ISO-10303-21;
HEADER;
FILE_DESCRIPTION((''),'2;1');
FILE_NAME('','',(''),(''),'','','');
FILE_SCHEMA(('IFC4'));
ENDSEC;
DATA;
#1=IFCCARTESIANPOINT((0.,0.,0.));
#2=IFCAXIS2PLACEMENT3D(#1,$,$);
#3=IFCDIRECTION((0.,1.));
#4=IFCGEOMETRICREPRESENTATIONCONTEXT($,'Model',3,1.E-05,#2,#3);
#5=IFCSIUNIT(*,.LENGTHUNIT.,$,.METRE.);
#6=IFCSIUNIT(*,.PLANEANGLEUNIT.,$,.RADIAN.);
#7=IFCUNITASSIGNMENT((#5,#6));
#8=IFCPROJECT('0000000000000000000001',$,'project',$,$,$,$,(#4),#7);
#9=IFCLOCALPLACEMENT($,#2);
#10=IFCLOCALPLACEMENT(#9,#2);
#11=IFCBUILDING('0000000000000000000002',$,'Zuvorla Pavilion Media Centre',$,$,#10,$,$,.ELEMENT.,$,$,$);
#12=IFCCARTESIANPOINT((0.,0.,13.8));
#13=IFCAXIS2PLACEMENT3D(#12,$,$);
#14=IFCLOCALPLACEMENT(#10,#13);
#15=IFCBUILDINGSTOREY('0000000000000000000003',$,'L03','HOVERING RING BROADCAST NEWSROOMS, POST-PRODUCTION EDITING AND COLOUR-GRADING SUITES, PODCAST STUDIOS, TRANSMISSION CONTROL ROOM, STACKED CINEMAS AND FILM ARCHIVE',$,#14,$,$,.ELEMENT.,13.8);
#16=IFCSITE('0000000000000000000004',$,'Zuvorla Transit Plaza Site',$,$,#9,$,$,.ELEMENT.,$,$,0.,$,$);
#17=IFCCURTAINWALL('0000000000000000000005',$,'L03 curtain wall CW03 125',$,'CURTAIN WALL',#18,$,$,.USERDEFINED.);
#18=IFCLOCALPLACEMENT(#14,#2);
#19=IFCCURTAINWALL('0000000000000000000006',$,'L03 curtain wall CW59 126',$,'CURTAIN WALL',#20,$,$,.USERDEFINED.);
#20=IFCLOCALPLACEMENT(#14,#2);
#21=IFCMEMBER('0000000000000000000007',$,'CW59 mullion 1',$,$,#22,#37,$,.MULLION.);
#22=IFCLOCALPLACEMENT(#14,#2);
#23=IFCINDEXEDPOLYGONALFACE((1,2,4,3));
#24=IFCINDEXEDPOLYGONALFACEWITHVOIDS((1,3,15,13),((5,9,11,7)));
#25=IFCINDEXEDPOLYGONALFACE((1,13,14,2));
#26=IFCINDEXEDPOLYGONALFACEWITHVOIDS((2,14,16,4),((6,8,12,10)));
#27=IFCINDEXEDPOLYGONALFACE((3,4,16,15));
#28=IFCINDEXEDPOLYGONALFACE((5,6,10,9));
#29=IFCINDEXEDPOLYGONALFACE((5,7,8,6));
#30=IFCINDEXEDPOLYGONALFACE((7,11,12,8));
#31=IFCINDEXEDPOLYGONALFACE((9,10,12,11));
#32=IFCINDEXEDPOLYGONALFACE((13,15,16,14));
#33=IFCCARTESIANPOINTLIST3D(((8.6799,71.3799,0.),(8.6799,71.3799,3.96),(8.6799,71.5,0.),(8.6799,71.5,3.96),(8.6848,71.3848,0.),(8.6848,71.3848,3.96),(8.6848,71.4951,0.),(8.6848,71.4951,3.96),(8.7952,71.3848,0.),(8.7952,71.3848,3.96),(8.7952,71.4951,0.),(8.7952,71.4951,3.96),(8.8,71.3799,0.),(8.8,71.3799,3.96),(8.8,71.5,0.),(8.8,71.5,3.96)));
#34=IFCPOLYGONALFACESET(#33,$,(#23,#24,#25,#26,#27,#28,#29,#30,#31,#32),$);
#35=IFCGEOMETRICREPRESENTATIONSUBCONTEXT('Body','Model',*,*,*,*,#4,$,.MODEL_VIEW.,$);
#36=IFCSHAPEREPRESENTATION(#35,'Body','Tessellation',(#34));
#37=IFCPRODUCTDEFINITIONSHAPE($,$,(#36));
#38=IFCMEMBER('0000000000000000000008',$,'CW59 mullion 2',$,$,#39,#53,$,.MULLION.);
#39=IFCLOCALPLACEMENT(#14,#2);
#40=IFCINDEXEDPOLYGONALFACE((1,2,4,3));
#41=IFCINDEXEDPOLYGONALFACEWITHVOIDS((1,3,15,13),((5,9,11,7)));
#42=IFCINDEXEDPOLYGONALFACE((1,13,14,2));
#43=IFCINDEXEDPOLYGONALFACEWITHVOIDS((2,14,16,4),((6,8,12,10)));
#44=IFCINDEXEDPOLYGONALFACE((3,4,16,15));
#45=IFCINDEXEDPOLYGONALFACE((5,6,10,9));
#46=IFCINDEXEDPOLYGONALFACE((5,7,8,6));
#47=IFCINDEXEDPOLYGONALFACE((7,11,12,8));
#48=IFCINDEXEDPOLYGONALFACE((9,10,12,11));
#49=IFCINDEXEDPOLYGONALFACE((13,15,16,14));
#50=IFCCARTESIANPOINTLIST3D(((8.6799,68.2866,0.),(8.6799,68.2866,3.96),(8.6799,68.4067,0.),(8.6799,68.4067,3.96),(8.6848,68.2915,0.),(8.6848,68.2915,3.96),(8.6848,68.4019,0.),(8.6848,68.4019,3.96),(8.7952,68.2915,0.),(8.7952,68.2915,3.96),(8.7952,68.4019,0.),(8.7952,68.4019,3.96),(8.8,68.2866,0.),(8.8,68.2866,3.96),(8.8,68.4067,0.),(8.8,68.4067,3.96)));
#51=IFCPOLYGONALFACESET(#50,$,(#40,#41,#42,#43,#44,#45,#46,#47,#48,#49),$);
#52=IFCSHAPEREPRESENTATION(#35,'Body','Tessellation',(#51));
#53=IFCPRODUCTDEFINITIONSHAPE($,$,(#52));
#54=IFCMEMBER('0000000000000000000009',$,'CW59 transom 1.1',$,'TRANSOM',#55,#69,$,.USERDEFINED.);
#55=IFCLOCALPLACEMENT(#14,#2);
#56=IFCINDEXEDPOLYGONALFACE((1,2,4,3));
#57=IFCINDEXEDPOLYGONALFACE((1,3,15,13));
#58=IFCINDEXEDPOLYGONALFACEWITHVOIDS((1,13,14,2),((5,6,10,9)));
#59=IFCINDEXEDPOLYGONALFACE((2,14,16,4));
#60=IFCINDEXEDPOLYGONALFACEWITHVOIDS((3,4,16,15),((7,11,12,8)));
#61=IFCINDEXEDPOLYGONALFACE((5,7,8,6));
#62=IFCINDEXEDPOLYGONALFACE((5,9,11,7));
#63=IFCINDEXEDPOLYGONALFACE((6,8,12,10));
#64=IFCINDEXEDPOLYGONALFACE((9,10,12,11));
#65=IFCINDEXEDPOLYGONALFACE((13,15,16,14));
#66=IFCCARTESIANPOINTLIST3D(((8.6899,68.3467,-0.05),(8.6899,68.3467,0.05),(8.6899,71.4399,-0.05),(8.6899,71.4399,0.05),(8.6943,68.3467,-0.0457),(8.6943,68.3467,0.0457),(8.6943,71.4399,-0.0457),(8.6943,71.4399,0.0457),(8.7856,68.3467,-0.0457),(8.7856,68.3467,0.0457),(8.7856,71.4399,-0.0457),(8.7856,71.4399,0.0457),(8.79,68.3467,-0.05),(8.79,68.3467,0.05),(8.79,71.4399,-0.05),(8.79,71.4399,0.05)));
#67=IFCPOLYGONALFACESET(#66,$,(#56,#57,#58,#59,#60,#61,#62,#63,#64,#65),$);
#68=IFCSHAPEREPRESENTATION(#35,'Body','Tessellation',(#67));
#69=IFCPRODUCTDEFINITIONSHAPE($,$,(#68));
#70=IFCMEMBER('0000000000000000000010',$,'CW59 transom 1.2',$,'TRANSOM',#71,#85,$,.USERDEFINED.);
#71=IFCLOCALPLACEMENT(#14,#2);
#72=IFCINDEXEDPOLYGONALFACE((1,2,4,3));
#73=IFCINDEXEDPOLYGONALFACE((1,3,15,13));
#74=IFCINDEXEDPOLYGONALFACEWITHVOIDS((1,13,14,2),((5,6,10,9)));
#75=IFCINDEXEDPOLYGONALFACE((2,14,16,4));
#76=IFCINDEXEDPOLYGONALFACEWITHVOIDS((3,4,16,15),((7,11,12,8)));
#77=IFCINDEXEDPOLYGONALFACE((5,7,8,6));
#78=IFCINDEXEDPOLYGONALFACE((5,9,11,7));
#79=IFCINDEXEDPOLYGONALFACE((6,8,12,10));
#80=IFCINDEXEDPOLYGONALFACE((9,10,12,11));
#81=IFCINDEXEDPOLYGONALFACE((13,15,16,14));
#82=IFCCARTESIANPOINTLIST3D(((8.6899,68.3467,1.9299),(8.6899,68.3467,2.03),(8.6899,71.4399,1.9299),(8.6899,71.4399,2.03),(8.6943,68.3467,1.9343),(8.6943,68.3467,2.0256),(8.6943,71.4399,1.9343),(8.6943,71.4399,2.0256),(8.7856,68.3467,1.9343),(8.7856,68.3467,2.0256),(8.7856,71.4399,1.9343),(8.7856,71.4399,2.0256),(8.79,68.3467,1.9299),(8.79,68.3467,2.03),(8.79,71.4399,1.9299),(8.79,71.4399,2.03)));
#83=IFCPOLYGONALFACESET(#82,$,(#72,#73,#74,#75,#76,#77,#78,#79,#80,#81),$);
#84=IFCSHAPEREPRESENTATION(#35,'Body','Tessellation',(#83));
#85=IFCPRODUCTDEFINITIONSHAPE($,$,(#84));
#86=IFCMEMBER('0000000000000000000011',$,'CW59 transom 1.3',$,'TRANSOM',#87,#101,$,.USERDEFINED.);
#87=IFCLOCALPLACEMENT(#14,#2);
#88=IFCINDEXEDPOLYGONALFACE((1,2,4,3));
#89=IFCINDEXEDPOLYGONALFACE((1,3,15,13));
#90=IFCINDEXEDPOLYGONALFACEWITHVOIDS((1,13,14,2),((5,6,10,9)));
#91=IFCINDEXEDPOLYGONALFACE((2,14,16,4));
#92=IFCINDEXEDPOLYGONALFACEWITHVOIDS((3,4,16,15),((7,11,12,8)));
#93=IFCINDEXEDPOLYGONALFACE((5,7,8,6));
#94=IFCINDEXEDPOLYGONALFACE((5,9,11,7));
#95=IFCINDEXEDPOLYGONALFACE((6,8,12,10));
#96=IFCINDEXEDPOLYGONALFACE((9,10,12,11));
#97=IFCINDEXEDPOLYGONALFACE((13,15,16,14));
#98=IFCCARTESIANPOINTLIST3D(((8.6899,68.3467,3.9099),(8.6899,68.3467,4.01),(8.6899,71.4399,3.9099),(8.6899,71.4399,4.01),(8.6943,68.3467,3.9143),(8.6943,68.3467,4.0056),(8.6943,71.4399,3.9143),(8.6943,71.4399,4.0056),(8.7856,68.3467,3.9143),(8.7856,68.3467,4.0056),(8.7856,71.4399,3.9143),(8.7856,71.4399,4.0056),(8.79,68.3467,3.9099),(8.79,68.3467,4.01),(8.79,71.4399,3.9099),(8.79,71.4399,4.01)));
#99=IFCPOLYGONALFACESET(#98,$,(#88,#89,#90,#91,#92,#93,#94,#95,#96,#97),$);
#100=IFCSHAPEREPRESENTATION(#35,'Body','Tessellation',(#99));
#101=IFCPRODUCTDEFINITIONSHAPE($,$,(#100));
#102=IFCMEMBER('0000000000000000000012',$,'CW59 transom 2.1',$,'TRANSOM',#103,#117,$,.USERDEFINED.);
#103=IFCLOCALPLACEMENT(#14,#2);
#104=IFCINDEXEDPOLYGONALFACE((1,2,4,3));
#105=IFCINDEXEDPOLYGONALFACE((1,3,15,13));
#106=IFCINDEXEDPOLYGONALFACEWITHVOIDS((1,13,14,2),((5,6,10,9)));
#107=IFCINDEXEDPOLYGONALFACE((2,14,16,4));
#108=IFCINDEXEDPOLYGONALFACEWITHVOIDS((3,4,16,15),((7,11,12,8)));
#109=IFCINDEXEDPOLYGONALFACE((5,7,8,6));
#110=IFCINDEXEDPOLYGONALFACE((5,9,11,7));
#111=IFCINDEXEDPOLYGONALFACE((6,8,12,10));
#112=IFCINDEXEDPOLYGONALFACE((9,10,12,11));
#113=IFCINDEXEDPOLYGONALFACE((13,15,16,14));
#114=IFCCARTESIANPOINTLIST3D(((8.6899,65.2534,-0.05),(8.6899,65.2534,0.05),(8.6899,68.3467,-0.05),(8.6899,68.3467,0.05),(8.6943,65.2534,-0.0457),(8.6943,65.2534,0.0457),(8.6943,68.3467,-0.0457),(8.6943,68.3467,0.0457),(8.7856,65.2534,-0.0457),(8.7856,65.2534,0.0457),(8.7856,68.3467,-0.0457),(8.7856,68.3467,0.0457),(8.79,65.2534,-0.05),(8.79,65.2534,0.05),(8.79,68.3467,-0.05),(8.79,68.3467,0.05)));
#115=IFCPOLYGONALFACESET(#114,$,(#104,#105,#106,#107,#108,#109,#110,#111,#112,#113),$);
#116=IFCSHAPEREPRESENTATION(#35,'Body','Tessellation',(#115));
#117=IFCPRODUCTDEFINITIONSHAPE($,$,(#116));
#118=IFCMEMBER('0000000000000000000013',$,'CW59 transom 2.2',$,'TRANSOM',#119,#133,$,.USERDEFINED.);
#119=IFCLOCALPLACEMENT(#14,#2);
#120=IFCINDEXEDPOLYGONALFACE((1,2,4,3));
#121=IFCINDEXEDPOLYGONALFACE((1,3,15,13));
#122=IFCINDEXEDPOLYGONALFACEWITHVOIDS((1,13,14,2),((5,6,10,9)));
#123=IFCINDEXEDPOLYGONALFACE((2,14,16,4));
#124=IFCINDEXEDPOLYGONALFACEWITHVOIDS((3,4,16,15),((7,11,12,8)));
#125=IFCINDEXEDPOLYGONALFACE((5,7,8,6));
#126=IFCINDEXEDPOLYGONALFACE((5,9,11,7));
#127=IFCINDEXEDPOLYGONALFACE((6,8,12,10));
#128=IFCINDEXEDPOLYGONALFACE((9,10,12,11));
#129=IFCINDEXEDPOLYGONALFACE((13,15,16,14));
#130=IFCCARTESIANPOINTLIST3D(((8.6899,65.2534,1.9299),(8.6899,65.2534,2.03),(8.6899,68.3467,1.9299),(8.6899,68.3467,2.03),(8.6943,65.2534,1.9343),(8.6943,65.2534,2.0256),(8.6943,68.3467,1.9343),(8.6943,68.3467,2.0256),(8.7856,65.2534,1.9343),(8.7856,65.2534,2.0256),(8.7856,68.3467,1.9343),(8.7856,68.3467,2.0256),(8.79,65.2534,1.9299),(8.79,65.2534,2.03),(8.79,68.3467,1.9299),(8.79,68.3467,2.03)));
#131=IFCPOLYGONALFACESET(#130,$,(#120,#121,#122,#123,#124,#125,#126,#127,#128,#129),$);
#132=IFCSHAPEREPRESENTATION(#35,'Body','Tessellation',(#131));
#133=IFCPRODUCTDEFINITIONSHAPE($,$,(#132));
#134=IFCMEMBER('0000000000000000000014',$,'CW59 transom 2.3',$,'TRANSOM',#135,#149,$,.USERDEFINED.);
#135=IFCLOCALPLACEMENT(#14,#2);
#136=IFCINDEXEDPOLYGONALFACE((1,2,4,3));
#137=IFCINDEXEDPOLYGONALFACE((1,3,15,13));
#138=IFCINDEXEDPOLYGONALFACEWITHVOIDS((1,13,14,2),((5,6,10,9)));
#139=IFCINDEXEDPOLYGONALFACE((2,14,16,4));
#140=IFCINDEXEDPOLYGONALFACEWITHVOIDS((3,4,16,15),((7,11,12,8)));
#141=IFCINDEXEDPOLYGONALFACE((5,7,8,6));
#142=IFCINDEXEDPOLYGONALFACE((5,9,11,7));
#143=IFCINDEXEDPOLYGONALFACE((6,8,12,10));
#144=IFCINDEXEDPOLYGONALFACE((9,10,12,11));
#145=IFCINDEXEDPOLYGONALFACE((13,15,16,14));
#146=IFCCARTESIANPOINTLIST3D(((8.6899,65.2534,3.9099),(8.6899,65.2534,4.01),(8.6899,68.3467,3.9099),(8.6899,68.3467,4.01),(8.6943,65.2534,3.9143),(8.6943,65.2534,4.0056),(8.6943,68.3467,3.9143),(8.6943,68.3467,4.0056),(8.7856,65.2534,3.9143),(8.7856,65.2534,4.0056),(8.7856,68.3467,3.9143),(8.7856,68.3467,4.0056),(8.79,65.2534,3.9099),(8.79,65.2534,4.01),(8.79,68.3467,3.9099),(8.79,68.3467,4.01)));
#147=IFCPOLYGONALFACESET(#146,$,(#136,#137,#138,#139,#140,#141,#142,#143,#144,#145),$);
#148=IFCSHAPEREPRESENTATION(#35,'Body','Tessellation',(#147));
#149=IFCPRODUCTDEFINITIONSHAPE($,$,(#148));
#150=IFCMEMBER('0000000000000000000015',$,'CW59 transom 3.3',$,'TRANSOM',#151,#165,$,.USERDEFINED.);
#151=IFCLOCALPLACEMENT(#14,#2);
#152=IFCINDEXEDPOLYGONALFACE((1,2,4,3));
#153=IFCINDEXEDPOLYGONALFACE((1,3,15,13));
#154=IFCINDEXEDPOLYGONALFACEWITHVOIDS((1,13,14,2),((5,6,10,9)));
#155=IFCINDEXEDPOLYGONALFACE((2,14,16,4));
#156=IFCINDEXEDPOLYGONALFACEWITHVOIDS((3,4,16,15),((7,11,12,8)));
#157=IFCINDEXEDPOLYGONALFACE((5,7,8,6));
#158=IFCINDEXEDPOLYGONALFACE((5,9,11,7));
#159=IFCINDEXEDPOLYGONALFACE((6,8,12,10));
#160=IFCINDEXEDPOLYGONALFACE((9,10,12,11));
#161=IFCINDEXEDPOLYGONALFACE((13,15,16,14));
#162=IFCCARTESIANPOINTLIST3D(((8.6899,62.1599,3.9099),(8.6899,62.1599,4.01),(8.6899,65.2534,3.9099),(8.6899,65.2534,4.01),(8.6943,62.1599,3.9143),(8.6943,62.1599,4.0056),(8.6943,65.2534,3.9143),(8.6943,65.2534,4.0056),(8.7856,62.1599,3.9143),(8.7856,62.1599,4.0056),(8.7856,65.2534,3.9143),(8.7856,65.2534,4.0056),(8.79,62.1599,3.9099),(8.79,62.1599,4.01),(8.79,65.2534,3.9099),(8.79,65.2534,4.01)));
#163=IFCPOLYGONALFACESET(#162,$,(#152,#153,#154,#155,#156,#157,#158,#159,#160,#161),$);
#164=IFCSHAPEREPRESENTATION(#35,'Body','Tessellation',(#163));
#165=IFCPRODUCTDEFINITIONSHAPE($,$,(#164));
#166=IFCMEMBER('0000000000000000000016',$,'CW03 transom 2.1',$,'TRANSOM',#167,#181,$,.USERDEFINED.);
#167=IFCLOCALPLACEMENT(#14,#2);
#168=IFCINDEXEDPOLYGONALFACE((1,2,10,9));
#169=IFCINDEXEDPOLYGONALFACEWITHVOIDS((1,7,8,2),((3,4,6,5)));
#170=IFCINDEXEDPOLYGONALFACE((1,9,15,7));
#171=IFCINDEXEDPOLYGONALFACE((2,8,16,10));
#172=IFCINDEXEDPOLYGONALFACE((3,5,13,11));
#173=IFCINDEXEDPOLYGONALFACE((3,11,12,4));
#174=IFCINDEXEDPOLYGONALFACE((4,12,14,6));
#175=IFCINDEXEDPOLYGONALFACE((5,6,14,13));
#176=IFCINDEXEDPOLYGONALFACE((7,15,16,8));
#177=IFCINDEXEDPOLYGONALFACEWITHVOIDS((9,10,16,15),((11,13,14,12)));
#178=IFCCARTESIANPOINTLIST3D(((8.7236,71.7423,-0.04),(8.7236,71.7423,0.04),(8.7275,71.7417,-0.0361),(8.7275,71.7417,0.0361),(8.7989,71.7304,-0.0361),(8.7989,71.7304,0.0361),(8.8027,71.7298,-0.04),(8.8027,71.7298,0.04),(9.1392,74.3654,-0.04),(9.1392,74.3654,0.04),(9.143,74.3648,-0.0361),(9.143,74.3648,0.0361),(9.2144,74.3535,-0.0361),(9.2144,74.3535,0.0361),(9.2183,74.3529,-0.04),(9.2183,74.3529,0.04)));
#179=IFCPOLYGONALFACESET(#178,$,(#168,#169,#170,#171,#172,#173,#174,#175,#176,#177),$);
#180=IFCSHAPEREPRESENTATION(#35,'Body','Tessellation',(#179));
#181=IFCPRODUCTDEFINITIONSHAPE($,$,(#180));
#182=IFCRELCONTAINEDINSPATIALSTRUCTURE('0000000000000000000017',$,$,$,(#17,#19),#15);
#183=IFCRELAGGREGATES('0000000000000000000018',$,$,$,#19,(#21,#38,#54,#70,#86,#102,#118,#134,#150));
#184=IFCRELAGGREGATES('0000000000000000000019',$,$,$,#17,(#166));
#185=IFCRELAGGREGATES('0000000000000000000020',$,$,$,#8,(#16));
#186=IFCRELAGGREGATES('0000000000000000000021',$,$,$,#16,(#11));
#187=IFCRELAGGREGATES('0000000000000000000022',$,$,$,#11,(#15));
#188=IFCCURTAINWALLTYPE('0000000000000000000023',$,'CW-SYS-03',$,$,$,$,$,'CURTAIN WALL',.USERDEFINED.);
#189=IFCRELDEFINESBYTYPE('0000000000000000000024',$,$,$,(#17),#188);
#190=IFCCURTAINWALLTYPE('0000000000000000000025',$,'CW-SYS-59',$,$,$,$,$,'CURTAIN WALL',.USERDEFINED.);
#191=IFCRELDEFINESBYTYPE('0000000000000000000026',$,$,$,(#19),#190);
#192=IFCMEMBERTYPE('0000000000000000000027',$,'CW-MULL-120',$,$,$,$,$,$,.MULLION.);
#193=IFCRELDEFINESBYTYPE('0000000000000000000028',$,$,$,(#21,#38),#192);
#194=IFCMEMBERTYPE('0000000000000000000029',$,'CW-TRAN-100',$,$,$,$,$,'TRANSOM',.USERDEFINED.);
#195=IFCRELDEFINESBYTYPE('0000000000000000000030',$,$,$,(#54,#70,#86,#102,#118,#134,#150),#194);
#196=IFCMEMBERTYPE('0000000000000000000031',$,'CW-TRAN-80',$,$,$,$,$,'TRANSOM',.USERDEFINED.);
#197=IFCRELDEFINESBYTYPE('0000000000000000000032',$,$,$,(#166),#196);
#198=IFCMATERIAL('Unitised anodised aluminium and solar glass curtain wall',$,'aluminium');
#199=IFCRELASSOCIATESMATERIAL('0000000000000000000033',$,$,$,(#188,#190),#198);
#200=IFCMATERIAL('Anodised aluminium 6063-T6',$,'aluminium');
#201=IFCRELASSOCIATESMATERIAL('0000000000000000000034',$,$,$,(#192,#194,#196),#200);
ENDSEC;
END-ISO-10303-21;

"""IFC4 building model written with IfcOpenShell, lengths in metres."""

from ifc_helpers import new_model, si_unit, direction, frame, origin, origin_2d, place, context, subcontext, project, spatial, hollow_rectangle, extrude, material, material_profile, profile_set, type_object, element, aggregate, save


model = new_model("IFC4")

# Units and contexts
model_context = context("Model", 3, precision=1e-05, world=origin(), true_north=direction((0.0, 1.0)))
body_context = subcontext(model_context, "Body", "Model", "MODEL_VIEW")
ifc_project = project(units=[si_unit("LENGTHUNIT", "METRE"), si_unit("PLANEANGLEUNIT", "RADIAN")], contexts=[model_context])

# Site, building, storey
site_placement = place(None, origin())
site = spatial("IfcSite", under=ifc_project, at=site_placement, Name="Zuvorla Transit Plaza Site", CompositionType="ELEMENT", RefElevation=0.0)
building_placement = place(site_placement, origin())
building = spatial("IfcBuilding", under=site, at=building_placement, Name="Zuvorla Pavilion Media Centre", CompositionType="ELEMENT")
storey_placement = place(building_placement, frame((0.0, 0.0, 13.8)))
storey = spatial("IfcBuildingStorey", under=building, at=storey_placement, Name="L03", Description="HOVERING RING BROADCAST NEWSROOMS, POST-PRODUCTION EDITING AND COLOUR-GRADING SUITES, PODCAST STUDIOS, TRANSMISSION CONTROL ROOM, STACKED CINEMAS AND FILM ARCHIVE", CompositionType="ELEMENT", Elevation=13.8)

# Curtain walls, members
ifc_material_1 = material(Name="Unitised anodised aluminium and solar glass curtain wall", Category="aluminium")
curtain_wall_type_1 = type_object("IfcCurtainWallType", Name="CW-SYS-03", ElementType="CURTAIN WALL", PredefinedType="USERDEFINED", material=ifc_material_1)
curtain_wall_1_placement = place(storey_placement, origin())
curtain_wall_1 = element("IfcCurtainWall", 1, at=curtain_wall_1_placement, inside=storey, type_object=curtain_wall_type_1, Name="L03 curtain wall CW03 125", ObjectType="CURTAIN WALL", PredefinedType="USERDEFINED")
ifc_material_2 = material(Name="Anodised aluminium 6063-T6", Category="aluminium")
curtain_wall_type_2 = type_object("IfcCurtainWallType", Name="CW-SYS-59", ElementType="CURTAIN WALL", PredefinedType="USERDEFINED", material=ifc_material_1)
curtain_wall_2_placement = place(storey_placement, origin())
curtain_wall_2 = element("IfcCurtainWall", 2, at=curtain_wall_2_placement, inside=storey, type_object=curtain_wall_type_2, Name="L03 curtain wall CW59 126", ObjectType="CURTAIN WALL", PredefinedType="USERDEFINED")
ifc_material_profile_1 = material_profile(ifc_material_2, hollow_rectangle(XDim=0.1201, YDim=0.1201, WallThickness=0.0049, at=origin_2d()), Name="ALU MULL 120x120")
ifc_profile_set_1 = profile_set([ifc_material_profile_1], Name="Anodised aluminium 6063-T6")
member_type_1 = type_object("IfcMemberType", Name="CW-MULL-120", PredefinedType="MULLION", material=ifc_profile_set_1)
member_1_placement = place(storey_placement, frame((8.74, 71.4399, 0.0), z_axis=(0.0, 0.0, 1.0), x_axis=(1.0, 0.0, 0.0)))
member_1 = element("IfcMember", 3, at=member_1_placement, type_object=member_type_1, Name="CW59 mullion 1", PredefinedType="MULLION", context=body_context, shape_type="SweptSolid", body=[
    extrude(hollow_rectangle(XDim=0.1201, YDim=0.1201, WallThickness=0.0049, at=origin_2d()), origin(), (0.0, 0.0, 1.0), 3.96),
])
member_2_placement = place(storey_placement, frame((8.74, 68.3467, 0.0), z_axis=(0.0, 0.0, 1.0), x_axis=(1.0, 0.0, 0.0)))
member_2 = element("IfcMember", 4, at=member_2_placement, type_object=member_type_1, Name="CW59 mullion 2", PredefinedType="MULLION", context=body_context, shape_type="SweptSolid", body=[
    extrude(hollow_rectangle(XDim=0.1201, YDim=0.1201, WallThickness=0.0049, at=origin_2d()), origin(), (0.0, 0.0, 1.0), 3.96),
])
ifc_material_profile_2 = material_profile(ifc_material_2, hollow_rectangle(XDim=0.1001, YDim=0.1001, WallThickness=0.0044, at=origin_2d()), Name="ALU TRAN 100x100")
ifc_profile_set_2 = profile_set([ifc_material_profile_2], Name="Anodised aluminium 6063-T6")
member_type_2 = type_object("IfcMemberType", Name="CW-TRAN-100", ElementType="TRANSOM", PredefinedType="USERDEFINED", material=ifc_profile_set_2)
member_3_placement = place(storey_placement, frame((8.74, 71.4399, 0.0), z_axis=(0.0, -1.0, 0.0), x_axis=(1.0, 0.0, 0.0)))
member_3 = element("IfcMember", 5, at=member_3_placement, type_object=member_type_2, Name="CW59 transom 1.1", ObjectType="TRANSOM", PredefinedType="USERDEFINED", context=body_context, shape_type="SweptSolid", body=[
    extrude(hollow_rectangle(XDim=0.1001, YDim=0.1001, WallThickness=0.0044, at=origin_2d()), origin(), (0.0, 0.0, 1.0), 3.0933),
])
member_4_placement = place(storey_placement, frame((8.74, 71.4399, 1.98), z_axis=(0.0, -1.0, 0.0), x_axis=(1.0, 0.0, 0.0)))
member_4 = element("IfcMember", 6, at=member_4_placement, type_object=member_type_2, Name="CW59 transom 1.2", ObjectType="TRANSOM", PredefinedType="USERDEFINED", context=body_context, shape_type="SweptSolid", body=[
    extrude(hollow_rectangle(XDim=0.1001, YDim=0.1001, WallThickness=0.0044, at=origin_2d()), origin(), (0.0, 0.0, 1.0), 3.0933),
])
member_5_placement = place(storey_placement, frame((8.74, 71.4399, 3.96), z_axis=(0.0, -1.0, 0.0), x_axis=(1.0, 0.0, 0.0)))
member_5 = element("IfcMember", 7, at=member_5_placement, type_object=member_type_2, Name="CW59 transom 1.3", ObjectType="TRANSOM", PredefinedType="USERDEFINED", context=body_context, shape_type="SweptSolid", body=[
    extrude(hollow_rectangle(XDim=0.1001, YDim=0.1001, WallThickness=0.0044, at=origin_2d()), origin(), (0.0, 0.0, 1.0), 3.0933),
])
member_6_placement = place(storey_placement, frame((8.74, 68.3467, 0.0), z_axis=(0.0, -1.0, 0.0), x_axis=(1.0, 0.0, 0.0)))
member_6 = element("IfcMember", 8, at=member_6_placement, type_object=member_type_2, Name="CW59 transom 2.1", ObjectType="TRANSOM", PredefinedType="USERDEFINED", context=body_context, shape_type="SweptSolid", body=[
    extrude(hollow_rectangle(XDim=0.1001, YDim=0.1001, WallThickness=0.0044, at=origin_2d()), origin(), (0.0, 0.0, 1.0), 3.0933),
])
member_7_placement = place(storey_placement, frame((8.74, 68.3467, 1.98), z_axis=(0.0, -1.0, 0.0), x_axis=(1.0, 0.0, 0.0)))
member_7 = element("IfcMember", 9, at=member_7_placement, type_object=member_type_2, Name="CW59 transom 2.2", ObjectType="TRANSOM", PredefinedType="USERDEFINED", context=body_context, shape_type="SweptSolid", body=[
    extrude(hollow_rectangle(XDim=0.1001, YDim=0.1001, WallThickness=0.0044, at=origin_2d()), origin(), (0.0, 0.0, 1.0), 3.0933),
])
member_8_placement = place(storey_placement, frame((8.74, 68.3467, 3.96), z_axis=(0.0, -1.0, 0.0), x_axis=(1.0, 0.0, 0.0)))
member_8 = element("IfcMember", 10, at=member_8_placement, type_object=member_type_2, Name="CW59 transom 2.3", ObjectType="TRANSOM", PredefinedType="USERDEFINED", context=body_context, shape_type="SweptSolid", body=[
    extrude(hollow_rectangle(XDim=0.1001, YDim=0.1001, WallThickness=0.0044, at=origin_2d()), origin(), (0.0, 0.0, 1.0), 3.0933),
])
member_9_placement = place(storey_placement, frame((8.74, 65.2534, 3.96), z_axis=(0.0, -1.0, 0.0), x_axis=(1.0, 0.0, 0.0)))
member_9 = element("IfcMember", 11, at=member_9_placement, type_object=member_type_2, Name="CW59 transom 3.3", ObjectType="TRANSOM", PredefinedType="USERDEFINED", context=body_context, shape_type="SweptSolid", body=[
    extrude(hollow_rectangle(XDim=0.1001, YDim=0.1001, WallThickness=0.0044, at=origin_2d()), origin(), (0.0, 0.0, 1.0), 3.0935),
])

# Member
ifc_material_profile_3 = material_profile(ifc_material_2, hollow_rectangle(XDim=0.0801, YDim=0.0801, WallThickness=0.0039, at=origin_2d()), Name="ALU TRAN 80x80")
ifc_profile_set_3 = profile_set([ifc_material_profile_3], Name="Anodised aluminium 6063-T6")
member_type_3 = type_object("IfcMemberType", Name="CW-TRAN-80", ElementType="TRANSOM", PredefinedType="USERDEFINED", material=ifc_profile_set_3)
member_10_placement = place(storey_placement, frame((9.1787, 74.3591, 0.0), z_axis=(-0.156463, -0.987684, 0.0), x_axis=(0.987684, -0.156463, 0.0)))
member_10 = element("IfcMember", 12, at=member_10_placement, type_object=member_type_3, Name="CW03 transom 2.1", ObjectType="TRANSOM", PredefinedType="USERDEFINED", context=body_context, shape_type="SweptSolid", body=[
    extrude(hollow_rectangle(XDim=0.0801, YDim=0.0801, WallThickness=0.0039, at=origin_2d()), origin(), (0.0, 0.0, 1.0), 2.6558),
])

aggregate(curtain_wall_2, [member_1, member_2, member_3, member_4, member_5, member_6, member_7, member_8, member_9])
aggregate(curtain_wall_1, [member_10])

save(model, "model.ifc")
